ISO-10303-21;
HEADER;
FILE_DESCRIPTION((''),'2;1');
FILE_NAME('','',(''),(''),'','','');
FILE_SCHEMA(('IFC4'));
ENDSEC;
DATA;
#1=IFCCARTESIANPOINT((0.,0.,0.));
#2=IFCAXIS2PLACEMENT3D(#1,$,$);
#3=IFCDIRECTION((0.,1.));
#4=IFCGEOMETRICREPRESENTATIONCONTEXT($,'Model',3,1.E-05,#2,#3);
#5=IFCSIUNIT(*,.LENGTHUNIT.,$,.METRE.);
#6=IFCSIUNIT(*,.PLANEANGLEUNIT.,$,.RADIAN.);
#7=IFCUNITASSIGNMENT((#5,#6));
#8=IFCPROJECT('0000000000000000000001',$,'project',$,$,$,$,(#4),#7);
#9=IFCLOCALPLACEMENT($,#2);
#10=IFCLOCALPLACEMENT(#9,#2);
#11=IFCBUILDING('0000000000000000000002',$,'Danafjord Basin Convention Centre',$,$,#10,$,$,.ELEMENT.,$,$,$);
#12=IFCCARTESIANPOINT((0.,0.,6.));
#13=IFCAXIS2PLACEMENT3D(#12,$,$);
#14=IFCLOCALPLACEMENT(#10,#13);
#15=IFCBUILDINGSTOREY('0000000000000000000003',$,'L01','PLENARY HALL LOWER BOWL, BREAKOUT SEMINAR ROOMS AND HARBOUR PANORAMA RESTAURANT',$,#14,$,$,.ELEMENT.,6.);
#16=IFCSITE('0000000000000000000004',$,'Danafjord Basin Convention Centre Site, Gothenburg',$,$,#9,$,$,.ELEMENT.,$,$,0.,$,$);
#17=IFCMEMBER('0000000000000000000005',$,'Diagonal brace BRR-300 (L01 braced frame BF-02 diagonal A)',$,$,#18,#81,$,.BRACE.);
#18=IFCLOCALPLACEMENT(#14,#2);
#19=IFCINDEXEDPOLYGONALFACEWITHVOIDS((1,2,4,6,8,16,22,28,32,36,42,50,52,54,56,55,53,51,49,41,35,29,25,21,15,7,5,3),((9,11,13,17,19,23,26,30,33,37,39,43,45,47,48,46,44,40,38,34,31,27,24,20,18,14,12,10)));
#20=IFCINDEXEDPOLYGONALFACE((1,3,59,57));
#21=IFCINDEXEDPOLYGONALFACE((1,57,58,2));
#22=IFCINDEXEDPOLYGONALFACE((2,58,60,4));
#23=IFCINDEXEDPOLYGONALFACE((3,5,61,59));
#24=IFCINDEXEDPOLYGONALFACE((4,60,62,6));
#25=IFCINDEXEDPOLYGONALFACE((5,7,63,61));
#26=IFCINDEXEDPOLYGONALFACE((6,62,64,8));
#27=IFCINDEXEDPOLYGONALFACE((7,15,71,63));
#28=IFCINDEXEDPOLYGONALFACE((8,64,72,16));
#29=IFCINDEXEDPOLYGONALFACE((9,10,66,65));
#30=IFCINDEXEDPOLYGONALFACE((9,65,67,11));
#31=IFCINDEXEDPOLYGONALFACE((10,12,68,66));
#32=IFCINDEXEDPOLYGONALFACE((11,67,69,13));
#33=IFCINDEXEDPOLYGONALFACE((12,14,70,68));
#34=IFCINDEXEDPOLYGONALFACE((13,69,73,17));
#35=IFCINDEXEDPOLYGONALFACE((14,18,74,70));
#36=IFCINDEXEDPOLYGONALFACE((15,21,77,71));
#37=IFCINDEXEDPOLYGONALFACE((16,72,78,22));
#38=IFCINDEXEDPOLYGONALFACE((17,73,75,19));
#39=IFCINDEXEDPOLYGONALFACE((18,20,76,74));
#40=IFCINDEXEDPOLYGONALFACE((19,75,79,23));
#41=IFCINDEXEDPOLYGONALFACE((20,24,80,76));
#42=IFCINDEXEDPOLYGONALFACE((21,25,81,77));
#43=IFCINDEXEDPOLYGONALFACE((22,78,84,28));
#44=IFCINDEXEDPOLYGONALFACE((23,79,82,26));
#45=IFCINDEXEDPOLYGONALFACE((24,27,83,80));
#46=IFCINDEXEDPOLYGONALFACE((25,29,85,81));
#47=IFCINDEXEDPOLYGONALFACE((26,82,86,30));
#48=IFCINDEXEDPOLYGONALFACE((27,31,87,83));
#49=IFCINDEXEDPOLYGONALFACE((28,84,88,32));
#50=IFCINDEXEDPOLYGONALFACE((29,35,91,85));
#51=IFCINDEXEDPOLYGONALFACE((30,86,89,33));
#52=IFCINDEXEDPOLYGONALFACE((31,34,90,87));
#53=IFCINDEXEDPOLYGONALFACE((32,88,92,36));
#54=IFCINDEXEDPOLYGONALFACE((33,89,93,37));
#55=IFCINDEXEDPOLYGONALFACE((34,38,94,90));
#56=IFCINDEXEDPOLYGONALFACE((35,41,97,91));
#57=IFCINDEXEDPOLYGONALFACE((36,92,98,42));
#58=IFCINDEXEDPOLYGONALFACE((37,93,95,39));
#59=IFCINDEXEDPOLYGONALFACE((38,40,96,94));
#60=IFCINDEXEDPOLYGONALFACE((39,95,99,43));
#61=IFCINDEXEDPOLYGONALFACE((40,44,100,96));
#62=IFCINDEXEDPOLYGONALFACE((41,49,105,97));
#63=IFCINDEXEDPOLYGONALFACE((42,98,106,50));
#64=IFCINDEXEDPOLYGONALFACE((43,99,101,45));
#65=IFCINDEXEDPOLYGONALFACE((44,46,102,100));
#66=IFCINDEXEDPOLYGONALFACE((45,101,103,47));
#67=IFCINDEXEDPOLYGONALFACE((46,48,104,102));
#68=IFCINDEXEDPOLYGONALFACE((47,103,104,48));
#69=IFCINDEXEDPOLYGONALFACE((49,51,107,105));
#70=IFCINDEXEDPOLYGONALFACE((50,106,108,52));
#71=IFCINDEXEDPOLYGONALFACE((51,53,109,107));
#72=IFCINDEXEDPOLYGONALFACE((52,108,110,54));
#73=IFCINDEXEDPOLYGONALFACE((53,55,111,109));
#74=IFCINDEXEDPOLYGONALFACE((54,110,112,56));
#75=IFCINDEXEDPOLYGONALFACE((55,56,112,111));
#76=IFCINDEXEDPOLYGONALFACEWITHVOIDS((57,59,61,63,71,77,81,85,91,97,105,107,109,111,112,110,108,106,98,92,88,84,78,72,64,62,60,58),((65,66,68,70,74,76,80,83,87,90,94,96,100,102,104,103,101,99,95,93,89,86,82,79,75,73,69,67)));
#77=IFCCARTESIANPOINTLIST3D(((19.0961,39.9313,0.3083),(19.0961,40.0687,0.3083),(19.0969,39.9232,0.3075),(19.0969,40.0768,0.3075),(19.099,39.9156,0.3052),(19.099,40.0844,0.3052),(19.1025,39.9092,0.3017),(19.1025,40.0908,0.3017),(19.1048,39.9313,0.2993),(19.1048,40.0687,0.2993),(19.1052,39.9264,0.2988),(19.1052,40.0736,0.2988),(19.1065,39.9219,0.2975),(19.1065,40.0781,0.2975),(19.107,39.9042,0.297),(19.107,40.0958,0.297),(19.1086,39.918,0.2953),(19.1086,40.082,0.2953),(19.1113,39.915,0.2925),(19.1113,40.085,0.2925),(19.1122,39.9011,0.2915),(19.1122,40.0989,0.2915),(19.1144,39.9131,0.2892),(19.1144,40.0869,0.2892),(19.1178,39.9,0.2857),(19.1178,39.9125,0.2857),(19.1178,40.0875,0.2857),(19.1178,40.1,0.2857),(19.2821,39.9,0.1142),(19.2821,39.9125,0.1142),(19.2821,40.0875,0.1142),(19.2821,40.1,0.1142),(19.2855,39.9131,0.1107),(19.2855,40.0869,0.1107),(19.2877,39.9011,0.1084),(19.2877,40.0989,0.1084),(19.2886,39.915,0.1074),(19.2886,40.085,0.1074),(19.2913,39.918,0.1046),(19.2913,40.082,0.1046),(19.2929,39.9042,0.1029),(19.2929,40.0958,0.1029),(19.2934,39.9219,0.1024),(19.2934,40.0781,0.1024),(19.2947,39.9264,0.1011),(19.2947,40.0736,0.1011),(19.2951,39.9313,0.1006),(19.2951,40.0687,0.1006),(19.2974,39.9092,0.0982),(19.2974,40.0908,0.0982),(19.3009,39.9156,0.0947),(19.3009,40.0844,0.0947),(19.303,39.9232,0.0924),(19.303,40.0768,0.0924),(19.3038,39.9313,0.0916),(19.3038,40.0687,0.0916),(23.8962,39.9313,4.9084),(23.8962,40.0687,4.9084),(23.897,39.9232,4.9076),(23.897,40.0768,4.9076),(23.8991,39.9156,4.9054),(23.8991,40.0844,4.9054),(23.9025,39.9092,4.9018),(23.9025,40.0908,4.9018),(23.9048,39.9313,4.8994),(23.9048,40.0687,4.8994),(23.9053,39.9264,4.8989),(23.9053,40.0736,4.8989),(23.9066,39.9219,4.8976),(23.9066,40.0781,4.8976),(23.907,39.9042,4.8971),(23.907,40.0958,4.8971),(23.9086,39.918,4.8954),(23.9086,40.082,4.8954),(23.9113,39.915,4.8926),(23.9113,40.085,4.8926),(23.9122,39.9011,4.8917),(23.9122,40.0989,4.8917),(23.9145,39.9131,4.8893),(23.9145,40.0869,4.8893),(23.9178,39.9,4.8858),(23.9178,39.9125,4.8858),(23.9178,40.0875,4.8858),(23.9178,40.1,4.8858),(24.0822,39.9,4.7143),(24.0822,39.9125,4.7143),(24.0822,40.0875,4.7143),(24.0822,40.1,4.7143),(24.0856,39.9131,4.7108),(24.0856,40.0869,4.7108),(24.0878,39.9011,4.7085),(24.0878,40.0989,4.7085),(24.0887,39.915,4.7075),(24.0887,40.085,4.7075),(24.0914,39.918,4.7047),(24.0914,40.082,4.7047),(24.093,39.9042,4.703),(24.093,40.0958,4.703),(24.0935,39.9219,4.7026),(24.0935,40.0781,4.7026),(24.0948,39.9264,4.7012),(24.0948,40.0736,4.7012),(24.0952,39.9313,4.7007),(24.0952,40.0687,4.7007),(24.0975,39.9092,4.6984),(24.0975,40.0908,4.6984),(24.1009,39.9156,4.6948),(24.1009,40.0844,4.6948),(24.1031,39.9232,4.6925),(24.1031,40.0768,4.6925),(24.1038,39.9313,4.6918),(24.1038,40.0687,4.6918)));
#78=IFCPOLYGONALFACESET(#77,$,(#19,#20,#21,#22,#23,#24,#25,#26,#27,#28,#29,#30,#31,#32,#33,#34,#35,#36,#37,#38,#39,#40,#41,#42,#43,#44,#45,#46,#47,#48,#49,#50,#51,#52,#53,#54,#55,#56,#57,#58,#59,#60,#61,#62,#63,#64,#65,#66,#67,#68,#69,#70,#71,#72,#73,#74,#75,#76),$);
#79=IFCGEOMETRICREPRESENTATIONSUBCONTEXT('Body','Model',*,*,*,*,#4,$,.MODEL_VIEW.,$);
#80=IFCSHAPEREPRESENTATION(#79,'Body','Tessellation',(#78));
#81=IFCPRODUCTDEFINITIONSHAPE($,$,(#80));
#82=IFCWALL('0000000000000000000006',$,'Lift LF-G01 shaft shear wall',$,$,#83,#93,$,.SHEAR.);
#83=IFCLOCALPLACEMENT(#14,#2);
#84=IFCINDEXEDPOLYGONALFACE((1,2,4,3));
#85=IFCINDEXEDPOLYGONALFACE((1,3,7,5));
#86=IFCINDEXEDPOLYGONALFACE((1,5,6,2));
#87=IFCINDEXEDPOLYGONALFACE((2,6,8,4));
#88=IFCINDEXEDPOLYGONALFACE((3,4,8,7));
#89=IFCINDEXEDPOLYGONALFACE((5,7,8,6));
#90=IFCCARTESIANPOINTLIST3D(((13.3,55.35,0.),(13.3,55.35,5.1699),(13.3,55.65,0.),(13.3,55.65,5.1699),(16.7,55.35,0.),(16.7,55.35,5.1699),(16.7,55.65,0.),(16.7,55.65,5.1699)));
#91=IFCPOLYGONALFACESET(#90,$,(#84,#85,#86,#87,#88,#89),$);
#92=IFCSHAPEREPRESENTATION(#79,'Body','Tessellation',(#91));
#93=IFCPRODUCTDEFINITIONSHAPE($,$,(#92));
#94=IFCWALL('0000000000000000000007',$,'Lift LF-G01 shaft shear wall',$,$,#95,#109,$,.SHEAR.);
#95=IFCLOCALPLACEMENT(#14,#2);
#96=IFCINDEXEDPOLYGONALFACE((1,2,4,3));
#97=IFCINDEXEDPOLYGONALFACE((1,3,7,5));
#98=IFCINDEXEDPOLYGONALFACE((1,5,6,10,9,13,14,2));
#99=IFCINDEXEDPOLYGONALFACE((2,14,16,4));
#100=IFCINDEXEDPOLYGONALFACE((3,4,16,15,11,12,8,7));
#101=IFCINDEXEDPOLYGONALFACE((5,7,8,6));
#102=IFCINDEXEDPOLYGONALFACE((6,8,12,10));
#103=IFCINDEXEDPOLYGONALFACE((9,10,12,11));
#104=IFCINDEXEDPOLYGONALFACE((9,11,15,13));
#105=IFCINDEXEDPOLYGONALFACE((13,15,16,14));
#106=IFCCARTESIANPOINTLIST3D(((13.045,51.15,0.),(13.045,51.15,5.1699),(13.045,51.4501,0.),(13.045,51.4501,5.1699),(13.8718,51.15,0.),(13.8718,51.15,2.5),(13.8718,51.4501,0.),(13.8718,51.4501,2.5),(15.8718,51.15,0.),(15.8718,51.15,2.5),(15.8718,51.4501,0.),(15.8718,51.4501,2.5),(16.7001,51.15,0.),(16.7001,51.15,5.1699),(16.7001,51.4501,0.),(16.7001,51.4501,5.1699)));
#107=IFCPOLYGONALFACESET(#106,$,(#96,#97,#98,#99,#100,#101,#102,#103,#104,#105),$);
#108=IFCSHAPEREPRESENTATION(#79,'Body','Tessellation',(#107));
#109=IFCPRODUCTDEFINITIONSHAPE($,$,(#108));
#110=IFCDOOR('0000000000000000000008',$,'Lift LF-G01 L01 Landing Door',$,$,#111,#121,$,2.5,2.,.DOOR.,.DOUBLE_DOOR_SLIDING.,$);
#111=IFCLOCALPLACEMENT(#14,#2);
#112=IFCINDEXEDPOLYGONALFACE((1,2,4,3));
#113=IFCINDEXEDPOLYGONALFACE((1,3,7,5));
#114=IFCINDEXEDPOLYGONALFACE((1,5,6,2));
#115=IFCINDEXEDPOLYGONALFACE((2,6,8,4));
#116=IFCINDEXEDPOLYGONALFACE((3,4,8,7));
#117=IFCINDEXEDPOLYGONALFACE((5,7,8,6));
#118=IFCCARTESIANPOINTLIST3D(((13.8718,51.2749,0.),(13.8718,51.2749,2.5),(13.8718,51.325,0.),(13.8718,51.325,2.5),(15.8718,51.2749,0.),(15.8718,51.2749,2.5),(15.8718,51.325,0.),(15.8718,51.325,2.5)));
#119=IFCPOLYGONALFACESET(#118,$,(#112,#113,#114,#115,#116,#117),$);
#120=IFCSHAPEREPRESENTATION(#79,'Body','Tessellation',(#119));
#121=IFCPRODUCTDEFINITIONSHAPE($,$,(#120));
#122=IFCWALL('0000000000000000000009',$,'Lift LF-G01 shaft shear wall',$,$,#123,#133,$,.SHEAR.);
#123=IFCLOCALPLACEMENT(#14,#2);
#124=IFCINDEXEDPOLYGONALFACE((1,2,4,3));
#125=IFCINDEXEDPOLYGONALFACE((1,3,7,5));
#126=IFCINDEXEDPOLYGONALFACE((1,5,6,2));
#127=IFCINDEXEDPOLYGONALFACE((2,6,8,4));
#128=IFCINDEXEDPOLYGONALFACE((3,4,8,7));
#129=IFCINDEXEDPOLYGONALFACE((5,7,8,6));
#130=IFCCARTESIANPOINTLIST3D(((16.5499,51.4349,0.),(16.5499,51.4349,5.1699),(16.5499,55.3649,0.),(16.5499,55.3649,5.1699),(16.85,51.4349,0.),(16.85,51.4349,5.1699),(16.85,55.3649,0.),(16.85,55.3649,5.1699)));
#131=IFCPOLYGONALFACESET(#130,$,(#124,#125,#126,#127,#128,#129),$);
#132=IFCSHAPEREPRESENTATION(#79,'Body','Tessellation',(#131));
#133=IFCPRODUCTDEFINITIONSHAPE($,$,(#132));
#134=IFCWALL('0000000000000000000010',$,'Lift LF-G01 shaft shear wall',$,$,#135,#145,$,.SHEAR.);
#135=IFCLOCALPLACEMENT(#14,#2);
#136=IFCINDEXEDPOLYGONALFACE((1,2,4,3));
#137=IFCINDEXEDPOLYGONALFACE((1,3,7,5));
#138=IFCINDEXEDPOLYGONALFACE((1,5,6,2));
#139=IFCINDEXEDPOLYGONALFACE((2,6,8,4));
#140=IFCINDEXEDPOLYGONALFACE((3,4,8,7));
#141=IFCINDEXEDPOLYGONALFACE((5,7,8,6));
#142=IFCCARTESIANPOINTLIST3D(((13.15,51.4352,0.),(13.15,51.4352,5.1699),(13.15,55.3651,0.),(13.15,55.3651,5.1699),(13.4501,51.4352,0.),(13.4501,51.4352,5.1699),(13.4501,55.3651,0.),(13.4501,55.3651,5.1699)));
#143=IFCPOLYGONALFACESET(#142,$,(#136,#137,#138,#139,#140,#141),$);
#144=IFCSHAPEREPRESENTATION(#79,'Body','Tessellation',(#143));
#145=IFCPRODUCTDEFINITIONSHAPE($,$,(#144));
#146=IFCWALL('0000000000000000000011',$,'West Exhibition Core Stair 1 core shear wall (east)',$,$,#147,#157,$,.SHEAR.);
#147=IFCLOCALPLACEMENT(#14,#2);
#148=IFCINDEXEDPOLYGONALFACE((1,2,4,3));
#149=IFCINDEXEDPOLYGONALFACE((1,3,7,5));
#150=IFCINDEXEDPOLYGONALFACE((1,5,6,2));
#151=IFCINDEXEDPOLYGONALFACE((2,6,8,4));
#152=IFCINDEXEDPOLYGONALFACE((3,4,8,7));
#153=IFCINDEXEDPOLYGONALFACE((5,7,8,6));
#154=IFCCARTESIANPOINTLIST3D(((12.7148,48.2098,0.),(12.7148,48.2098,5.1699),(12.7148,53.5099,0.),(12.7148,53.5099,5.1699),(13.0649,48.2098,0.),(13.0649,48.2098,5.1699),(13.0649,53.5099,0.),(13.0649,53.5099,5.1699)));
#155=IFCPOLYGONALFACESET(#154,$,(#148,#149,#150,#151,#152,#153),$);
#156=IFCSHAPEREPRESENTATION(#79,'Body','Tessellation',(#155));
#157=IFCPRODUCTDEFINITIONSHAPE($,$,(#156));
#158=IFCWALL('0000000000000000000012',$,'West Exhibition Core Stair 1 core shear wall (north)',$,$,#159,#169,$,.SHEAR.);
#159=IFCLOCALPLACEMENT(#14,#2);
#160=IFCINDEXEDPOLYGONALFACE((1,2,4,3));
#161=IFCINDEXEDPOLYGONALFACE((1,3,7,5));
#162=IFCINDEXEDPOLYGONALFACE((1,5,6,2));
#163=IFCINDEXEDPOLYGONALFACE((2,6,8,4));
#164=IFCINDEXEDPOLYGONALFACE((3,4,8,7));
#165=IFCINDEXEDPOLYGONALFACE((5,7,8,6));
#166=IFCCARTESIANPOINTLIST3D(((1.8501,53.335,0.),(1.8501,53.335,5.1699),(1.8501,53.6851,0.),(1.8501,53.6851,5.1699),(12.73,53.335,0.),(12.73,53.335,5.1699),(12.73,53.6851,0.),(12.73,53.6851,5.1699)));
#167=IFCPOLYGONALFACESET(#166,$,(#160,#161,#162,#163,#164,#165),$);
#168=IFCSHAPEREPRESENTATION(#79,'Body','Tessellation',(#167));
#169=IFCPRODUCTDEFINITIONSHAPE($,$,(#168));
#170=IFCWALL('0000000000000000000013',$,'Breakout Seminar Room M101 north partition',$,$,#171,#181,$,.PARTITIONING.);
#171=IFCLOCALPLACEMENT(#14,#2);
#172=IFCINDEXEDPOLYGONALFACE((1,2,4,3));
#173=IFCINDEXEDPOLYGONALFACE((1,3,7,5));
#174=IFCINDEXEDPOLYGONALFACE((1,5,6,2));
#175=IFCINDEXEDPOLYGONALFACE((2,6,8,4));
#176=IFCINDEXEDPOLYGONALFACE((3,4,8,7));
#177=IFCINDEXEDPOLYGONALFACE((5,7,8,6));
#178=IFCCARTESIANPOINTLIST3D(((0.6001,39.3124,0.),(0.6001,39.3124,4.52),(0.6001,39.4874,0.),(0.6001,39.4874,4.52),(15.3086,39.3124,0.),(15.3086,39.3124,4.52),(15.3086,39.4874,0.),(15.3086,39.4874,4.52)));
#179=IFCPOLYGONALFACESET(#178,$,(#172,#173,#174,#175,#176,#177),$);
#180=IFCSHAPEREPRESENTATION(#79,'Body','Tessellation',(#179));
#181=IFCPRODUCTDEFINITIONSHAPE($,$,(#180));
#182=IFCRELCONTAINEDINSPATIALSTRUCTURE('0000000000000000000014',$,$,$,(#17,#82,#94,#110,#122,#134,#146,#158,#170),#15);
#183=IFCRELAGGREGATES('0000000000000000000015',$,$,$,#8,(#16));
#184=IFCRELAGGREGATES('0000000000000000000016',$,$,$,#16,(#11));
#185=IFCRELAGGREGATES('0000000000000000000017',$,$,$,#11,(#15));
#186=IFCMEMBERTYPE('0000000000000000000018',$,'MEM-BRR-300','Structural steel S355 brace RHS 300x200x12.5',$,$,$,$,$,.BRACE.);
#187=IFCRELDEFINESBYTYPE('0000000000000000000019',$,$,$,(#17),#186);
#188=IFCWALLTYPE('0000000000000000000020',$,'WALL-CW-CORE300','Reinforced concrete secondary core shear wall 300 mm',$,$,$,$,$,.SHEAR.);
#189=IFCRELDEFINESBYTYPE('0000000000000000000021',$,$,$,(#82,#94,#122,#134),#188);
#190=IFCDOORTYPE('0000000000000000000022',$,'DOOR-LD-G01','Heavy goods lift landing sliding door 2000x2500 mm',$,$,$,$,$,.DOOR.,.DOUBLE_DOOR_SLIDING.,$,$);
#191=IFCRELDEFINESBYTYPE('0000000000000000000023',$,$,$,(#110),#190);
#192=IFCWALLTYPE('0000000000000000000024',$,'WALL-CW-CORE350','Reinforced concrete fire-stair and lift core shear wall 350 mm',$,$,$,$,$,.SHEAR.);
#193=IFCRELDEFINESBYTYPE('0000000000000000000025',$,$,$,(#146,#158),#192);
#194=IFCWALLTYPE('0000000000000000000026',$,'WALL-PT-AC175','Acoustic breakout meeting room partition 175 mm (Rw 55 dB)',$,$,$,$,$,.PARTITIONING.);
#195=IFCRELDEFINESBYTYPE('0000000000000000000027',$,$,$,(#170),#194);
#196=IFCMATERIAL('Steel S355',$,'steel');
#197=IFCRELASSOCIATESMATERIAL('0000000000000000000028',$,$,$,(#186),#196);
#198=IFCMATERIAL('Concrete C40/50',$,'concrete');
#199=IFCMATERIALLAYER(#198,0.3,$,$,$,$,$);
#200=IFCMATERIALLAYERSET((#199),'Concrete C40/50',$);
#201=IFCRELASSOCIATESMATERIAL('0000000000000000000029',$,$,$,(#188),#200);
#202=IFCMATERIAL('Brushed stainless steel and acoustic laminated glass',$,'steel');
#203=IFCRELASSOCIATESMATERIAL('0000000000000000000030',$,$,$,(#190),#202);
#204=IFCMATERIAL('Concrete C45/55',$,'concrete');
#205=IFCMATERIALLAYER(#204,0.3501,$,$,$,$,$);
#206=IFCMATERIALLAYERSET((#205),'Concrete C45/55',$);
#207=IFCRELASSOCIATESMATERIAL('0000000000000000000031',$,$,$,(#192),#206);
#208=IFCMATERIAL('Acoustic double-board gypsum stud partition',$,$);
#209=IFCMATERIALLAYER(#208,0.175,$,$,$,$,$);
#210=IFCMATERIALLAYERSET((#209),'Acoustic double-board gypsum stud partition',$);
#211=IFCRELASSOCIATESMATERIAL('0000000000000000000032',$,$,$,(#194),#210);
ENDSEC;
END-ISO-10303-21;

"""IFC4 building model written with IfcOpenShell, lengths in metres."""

from ifc_helpers import new_model, si_unit, direction, frame, frame_2d, origin, origin_2d, place, context, subcontext, project, spatial, rectangle, hollow_rectangle, extrude, material, layer, layer_set, material_profile, profile_set, type_object, element, fill, save


model = new_model("IFC4")

# Units and contexts
model_context = context("Model", 3, precision=1e-05, world=origin(), true_north=direction((0.0, 1.0)))
body_context = subcontext(model_context, "Body", "Model", "MODEL_VIEW")
ifc_project = project(units=[si_unit("LENGTHUNIT", "METRE"), si_unit("PLANEANGLEUNIT", "RADIAN")], contexts=[model_context])

# Site, building, storey
site_placement = place(None, origin())
site = spatial("IfcSite", under=ifc_project, at=site_placement, Name="Danafjord Basin Convention Centre Site, Gothenburg", CompositionType="ELEMENT", RefElevation=0.0)
building_placement = place(site_placement, origin())
building = spatial("IfcBuilding", under=site, at=building_placement, Name="Danafjord Basin Convention Centre", CompositionType="ELEMENT")
storey_placement = place(building_placement, frame((0.0, 0.0, 6.0)))
storey = spatial("IfcBuildingStorey", under=building, at=storey_placement, Name="L01", Description="PLENARY HALL LOWER BOWL, BREAKOUT SEMINAR ROOMS AND HARBOUR PANORAMA RESTAURANT", CompositionType="ELEMENT", Elevation=6.0)

# Shared definitions
ifc_material_1 = material(Name="Steel S355", Category="steel")

# Member
ifc_material_profile_1 = material_profile(ifc_material_1, hollow_rectangle(XDim=0.2, YDim=0.3, WallThickness=0.0125, InnerFilletRadius=0.0188, OuterFilletRadius=0.0312, at=origin_2d()), Name="RHS 300x200x12.5")
ifc_profile_set_1 = profile_set([ifc_material_profile_1], Name="Steel S355")
member_type = type_object("IfcMemberType", Name="MEM-BRR-300", Description="Structural steel S355 brace RHS 300x200x12.5", PredefinedType="BRACE", material=ifc_profile_set_1)
member_placement = place(storey_placement, frame((19.2, 40.0, 0.2), z_axis=(0.721984, 0.0, 0.691909), x_axis=(0.0, 1.0, 0.0)))
element("IfcMember", 1, at=member_placement, inside=storey, type_object=member_type, Name="Diagonal brace BRR-300 (L01 braced frame BF-02 diagonal A)", PredefinedType="BRACE", context=body_context, shape_type="SweptSolid", body=[
    extrude(hollow_rectangle(XDim=0.2, YDim=0.3, WallThickness=0.0125, InnerFilletRadius=0.0188, OuterFilletRadius=0.0312, at=origin_2d()), origin(), (0.0, 0.0, 1.0), 6.6484),
])

# Wall
ifc_material_2 = material(Name="Concrete C40/50", Category="concrete")
ifc_layer_1 = layer(ifc_material_2, 0.3)
ifc_layer_set_1 = layer_set([ifc_layer_1], Name="Concrete C40/50")
wall_type_1 = type_object("IfcWallType", Name="WALL-CW-CORE300", Description="Reinforced concrete secondary core shear wall 300 mm", PredefinedType="SHEAR", material=ifc_layer_set_1)
wall_1_placement = place(storey_placement, frame((16.7, 55.5, 0.0), z_axis=(0.0, 0.0, 1.0), x_axis=(-1.0, 0.0, 0.0)))
element("IfcWall", 2, at=wall_1_placement, inside=storey, type_object=wall_type_1, Name="Lift LF-G01 shaft shear wall", PredefinedType="SHEAR", context=body_context, shape_type="SweptSolid", body=[
    extrude(rectangle(XDim=3.3999, YDim=0.3, at=frame_2d((1.7, 0.0))), origin(), (0.0, 0.0, 1.0), 5.1699),
])

# Wall, opening, door
wall_2_placement = place(storey_placement, frame((13.0449, 51.3, 0.0), z_axis=(0.0, 0.0, 1.0), x_axis=(1.0, 0.0, 0.0)))
wall_2 = element("IfcWall", 3, at=wall_2_placement, inside=storey, type_object=wall_type_1, Name="Lift LF-G01 shaft shear wall", PredefinedType="SHEAR", context=body_context, shape_type="SweptSolid", body=[
    extrude(rectangle(XDim=3.655, YDim=0.3, at=frame_2d((1.8276, 0.0))), origin(), (0.0, 0.0, 1.0), 5.1699),
])
opening_1_placement = place(wall_2_placement, frame((0.8269, 0.0, 0.0)))
opening_1 = element("IfcOpeningElement", 4, at=opening_1_placement, cuts=wall_2, PredefinedType="OPENING", context=body_context, shape_type="SweptSolid", body=[
    extrude(rectangle(XDim=2.0, YDim=2.5, at=frame_2d((1.0, 1.25))), frame((0.0, 0.1599, 0.0), z_axis=(0.0, -1.0, 0.0), x_axis=(1.0, 0.0, 0.0)), (0.0, 0.0, 1.0), 0.3201),
])
ifc_material_3 = material(Name="Brushed stainless steel and acoustic laminated glass", Category="steel")
door_type_1 = type_object("IfcDoorType", Name="DOOR-LD-G01", Description="Heavy goods lift landing sliding door 2000x2500 mm", OperationType="DOUBLE_DOOR_SLIDING", PredefinedType="DOOR", material=ifc_material_3)
door_1_placement = place(opening_1_placement, origin())
door_1 = element("IfcDoor", 5, at=door_1_placement, inside=storey, type_object=door_type_1, Name="Lift LF-G01 L01 Landing Door", OperationType="DOUBLE_DOOR_SLIDING", OverallHeight=2.5, OverallWidth=2.0, PredefinedType="DOOR", context=body_context, shape_type="SweptSolid", body=[
    extrude(rectangle(XDim=2.0, YDim=2.5, at=frame_2d((1.0, 1.25))), frame((0.0, 0.0249, 0.0), z_axis=(0.0, -1.0, 0.0), x_axis=(1.0, 0.0, 0.0)), (0.0, 0.0, 1.0), 0.05),
])
fill(opening_1, door_1)

# Walls
for number, where, z_axis, x_axis, name in (
    (6, (16.7, 51.4351, 0.0), (0.0, 0.0, 1.0), (0.0, 1.0, 0.0), "Lift LF-G01 shaft shear wall"),
    (7, (13.3, 55.365, 0.0), (0.0, 0.0, 1.0), (0.0, -1.0, 0.0), "Lift LF-G01 shaft shear wall"),
):
    element("IfcWall", number, at=place(storey_placement, frame(where, z_axis=z_axis, x_axis=x_axis)), inside=storey, type_object=wall_type_1, Name=name, PredefinedType="SHEAR", context=body_context, shape_type="SweptSolid", body=[
        extrude(rectangle(XDim=3.9299, YDim=0.3, at=frame_2d((1.9648, 0.0))), origin(), (0.0, 0.0, 1.0), 5.1699),
    ])
ifc_material_4 = material(Name="Concrete C45/55", Category="concrete")
ifc_layer_2 = layer(ifc_material_4, 0.3501)
ifc_layer_set_2 = layer_set([ifc_layer_2], Name="Concrete C45/55")
wall_type_2 = type_object("IfcWallType", Name="WALL-CW-CORE350", Description="Reinforced concrete fire-stair and lift core shear wall 350 mm", PredefinedType="SHEAR", material=ifc_layer_set_2)
wall_3_placement = place(storey_placement, frame((12.8899, 48.21, 0.0), z_axis=(0.0, 0.0, 1.0), x_axis=(0.0, 1.0, 0.0)))
element("IfcWall", 8, at=wall_3_placement, inside=storey, type_object=wall_type_2, Name="West Exhibition Core Stair 1 core shear wall (east)", PredefinedType="SHEAR", context=body_context, shape_type="SweptSolid", body=[
    extrude(rectangle(XDim=5.3, YDim=0.3501, at=frame_2d((2.6499, 0.0))), origin(), (0.0, 0.0, 1.0), 5.1699),
])
wall_4_placement = place(storey_placement, frame((12.73, 53.51, 0.0), z_axis=(0.0, 0.0, 1.0), x_axis=(-1.0, 0.0, 0.0)))
element("IfcWall", 9, at=wall_4_placement, inside=storey, type_object=wall_type_2, Name="West Exhibition Core Stair 1 core shear wall (north)", PredefinedType="SHEAR", context=body_context, shape_type="SweptSolid", body=[
    extrude(rectangle(XDim=10.8799, YDim=0.3501, at=frame_2d((5.4399, 0.0))), origin(), (0.0, 0.0, 1.0), 5.1699),
])
ifc_material_5 = material(Name="Acoustic double-board gypsum stud partition")
ifc_layer_3 = layer(ifc_material_5, 0.175)
ifc_layer_set_3 = layer_set([ifc_layer_3], Name="Acoustic double-board gypsum stud partition")
wall_type_3 = type_object("IfcWallType", Name="WALL-PT-AC175", Description="Acoustic breakout meeting room partition 175 mm (Rw 55 dB)", PredefinedType="PARTITIONING", material=ifc_layer_set_3)
wall_5_placement = place(storey_placement, frame((15.3086, 39.3999, 0.0), z_axis=(0.0, 0.0, 1.0), x_axis=(-1.0, 0.0, 0.0)))
element("IfcWall", 10, at=wall_5_placement, inside=storey, type_object=wall_type_3, Name="Breakout Seminar Room M101 north partition", PredefinedType="PARTITIONING", context=body_context, shape_type="SweptSolid", body=[
    extrude(rectangle(XDim=14.7085, YDim=0.175, at=frame_2d((7.3542, 0.0))), origin(), (0.0, 0.0, 1.0), 4.52),
])

save(model, "model.ifc")
